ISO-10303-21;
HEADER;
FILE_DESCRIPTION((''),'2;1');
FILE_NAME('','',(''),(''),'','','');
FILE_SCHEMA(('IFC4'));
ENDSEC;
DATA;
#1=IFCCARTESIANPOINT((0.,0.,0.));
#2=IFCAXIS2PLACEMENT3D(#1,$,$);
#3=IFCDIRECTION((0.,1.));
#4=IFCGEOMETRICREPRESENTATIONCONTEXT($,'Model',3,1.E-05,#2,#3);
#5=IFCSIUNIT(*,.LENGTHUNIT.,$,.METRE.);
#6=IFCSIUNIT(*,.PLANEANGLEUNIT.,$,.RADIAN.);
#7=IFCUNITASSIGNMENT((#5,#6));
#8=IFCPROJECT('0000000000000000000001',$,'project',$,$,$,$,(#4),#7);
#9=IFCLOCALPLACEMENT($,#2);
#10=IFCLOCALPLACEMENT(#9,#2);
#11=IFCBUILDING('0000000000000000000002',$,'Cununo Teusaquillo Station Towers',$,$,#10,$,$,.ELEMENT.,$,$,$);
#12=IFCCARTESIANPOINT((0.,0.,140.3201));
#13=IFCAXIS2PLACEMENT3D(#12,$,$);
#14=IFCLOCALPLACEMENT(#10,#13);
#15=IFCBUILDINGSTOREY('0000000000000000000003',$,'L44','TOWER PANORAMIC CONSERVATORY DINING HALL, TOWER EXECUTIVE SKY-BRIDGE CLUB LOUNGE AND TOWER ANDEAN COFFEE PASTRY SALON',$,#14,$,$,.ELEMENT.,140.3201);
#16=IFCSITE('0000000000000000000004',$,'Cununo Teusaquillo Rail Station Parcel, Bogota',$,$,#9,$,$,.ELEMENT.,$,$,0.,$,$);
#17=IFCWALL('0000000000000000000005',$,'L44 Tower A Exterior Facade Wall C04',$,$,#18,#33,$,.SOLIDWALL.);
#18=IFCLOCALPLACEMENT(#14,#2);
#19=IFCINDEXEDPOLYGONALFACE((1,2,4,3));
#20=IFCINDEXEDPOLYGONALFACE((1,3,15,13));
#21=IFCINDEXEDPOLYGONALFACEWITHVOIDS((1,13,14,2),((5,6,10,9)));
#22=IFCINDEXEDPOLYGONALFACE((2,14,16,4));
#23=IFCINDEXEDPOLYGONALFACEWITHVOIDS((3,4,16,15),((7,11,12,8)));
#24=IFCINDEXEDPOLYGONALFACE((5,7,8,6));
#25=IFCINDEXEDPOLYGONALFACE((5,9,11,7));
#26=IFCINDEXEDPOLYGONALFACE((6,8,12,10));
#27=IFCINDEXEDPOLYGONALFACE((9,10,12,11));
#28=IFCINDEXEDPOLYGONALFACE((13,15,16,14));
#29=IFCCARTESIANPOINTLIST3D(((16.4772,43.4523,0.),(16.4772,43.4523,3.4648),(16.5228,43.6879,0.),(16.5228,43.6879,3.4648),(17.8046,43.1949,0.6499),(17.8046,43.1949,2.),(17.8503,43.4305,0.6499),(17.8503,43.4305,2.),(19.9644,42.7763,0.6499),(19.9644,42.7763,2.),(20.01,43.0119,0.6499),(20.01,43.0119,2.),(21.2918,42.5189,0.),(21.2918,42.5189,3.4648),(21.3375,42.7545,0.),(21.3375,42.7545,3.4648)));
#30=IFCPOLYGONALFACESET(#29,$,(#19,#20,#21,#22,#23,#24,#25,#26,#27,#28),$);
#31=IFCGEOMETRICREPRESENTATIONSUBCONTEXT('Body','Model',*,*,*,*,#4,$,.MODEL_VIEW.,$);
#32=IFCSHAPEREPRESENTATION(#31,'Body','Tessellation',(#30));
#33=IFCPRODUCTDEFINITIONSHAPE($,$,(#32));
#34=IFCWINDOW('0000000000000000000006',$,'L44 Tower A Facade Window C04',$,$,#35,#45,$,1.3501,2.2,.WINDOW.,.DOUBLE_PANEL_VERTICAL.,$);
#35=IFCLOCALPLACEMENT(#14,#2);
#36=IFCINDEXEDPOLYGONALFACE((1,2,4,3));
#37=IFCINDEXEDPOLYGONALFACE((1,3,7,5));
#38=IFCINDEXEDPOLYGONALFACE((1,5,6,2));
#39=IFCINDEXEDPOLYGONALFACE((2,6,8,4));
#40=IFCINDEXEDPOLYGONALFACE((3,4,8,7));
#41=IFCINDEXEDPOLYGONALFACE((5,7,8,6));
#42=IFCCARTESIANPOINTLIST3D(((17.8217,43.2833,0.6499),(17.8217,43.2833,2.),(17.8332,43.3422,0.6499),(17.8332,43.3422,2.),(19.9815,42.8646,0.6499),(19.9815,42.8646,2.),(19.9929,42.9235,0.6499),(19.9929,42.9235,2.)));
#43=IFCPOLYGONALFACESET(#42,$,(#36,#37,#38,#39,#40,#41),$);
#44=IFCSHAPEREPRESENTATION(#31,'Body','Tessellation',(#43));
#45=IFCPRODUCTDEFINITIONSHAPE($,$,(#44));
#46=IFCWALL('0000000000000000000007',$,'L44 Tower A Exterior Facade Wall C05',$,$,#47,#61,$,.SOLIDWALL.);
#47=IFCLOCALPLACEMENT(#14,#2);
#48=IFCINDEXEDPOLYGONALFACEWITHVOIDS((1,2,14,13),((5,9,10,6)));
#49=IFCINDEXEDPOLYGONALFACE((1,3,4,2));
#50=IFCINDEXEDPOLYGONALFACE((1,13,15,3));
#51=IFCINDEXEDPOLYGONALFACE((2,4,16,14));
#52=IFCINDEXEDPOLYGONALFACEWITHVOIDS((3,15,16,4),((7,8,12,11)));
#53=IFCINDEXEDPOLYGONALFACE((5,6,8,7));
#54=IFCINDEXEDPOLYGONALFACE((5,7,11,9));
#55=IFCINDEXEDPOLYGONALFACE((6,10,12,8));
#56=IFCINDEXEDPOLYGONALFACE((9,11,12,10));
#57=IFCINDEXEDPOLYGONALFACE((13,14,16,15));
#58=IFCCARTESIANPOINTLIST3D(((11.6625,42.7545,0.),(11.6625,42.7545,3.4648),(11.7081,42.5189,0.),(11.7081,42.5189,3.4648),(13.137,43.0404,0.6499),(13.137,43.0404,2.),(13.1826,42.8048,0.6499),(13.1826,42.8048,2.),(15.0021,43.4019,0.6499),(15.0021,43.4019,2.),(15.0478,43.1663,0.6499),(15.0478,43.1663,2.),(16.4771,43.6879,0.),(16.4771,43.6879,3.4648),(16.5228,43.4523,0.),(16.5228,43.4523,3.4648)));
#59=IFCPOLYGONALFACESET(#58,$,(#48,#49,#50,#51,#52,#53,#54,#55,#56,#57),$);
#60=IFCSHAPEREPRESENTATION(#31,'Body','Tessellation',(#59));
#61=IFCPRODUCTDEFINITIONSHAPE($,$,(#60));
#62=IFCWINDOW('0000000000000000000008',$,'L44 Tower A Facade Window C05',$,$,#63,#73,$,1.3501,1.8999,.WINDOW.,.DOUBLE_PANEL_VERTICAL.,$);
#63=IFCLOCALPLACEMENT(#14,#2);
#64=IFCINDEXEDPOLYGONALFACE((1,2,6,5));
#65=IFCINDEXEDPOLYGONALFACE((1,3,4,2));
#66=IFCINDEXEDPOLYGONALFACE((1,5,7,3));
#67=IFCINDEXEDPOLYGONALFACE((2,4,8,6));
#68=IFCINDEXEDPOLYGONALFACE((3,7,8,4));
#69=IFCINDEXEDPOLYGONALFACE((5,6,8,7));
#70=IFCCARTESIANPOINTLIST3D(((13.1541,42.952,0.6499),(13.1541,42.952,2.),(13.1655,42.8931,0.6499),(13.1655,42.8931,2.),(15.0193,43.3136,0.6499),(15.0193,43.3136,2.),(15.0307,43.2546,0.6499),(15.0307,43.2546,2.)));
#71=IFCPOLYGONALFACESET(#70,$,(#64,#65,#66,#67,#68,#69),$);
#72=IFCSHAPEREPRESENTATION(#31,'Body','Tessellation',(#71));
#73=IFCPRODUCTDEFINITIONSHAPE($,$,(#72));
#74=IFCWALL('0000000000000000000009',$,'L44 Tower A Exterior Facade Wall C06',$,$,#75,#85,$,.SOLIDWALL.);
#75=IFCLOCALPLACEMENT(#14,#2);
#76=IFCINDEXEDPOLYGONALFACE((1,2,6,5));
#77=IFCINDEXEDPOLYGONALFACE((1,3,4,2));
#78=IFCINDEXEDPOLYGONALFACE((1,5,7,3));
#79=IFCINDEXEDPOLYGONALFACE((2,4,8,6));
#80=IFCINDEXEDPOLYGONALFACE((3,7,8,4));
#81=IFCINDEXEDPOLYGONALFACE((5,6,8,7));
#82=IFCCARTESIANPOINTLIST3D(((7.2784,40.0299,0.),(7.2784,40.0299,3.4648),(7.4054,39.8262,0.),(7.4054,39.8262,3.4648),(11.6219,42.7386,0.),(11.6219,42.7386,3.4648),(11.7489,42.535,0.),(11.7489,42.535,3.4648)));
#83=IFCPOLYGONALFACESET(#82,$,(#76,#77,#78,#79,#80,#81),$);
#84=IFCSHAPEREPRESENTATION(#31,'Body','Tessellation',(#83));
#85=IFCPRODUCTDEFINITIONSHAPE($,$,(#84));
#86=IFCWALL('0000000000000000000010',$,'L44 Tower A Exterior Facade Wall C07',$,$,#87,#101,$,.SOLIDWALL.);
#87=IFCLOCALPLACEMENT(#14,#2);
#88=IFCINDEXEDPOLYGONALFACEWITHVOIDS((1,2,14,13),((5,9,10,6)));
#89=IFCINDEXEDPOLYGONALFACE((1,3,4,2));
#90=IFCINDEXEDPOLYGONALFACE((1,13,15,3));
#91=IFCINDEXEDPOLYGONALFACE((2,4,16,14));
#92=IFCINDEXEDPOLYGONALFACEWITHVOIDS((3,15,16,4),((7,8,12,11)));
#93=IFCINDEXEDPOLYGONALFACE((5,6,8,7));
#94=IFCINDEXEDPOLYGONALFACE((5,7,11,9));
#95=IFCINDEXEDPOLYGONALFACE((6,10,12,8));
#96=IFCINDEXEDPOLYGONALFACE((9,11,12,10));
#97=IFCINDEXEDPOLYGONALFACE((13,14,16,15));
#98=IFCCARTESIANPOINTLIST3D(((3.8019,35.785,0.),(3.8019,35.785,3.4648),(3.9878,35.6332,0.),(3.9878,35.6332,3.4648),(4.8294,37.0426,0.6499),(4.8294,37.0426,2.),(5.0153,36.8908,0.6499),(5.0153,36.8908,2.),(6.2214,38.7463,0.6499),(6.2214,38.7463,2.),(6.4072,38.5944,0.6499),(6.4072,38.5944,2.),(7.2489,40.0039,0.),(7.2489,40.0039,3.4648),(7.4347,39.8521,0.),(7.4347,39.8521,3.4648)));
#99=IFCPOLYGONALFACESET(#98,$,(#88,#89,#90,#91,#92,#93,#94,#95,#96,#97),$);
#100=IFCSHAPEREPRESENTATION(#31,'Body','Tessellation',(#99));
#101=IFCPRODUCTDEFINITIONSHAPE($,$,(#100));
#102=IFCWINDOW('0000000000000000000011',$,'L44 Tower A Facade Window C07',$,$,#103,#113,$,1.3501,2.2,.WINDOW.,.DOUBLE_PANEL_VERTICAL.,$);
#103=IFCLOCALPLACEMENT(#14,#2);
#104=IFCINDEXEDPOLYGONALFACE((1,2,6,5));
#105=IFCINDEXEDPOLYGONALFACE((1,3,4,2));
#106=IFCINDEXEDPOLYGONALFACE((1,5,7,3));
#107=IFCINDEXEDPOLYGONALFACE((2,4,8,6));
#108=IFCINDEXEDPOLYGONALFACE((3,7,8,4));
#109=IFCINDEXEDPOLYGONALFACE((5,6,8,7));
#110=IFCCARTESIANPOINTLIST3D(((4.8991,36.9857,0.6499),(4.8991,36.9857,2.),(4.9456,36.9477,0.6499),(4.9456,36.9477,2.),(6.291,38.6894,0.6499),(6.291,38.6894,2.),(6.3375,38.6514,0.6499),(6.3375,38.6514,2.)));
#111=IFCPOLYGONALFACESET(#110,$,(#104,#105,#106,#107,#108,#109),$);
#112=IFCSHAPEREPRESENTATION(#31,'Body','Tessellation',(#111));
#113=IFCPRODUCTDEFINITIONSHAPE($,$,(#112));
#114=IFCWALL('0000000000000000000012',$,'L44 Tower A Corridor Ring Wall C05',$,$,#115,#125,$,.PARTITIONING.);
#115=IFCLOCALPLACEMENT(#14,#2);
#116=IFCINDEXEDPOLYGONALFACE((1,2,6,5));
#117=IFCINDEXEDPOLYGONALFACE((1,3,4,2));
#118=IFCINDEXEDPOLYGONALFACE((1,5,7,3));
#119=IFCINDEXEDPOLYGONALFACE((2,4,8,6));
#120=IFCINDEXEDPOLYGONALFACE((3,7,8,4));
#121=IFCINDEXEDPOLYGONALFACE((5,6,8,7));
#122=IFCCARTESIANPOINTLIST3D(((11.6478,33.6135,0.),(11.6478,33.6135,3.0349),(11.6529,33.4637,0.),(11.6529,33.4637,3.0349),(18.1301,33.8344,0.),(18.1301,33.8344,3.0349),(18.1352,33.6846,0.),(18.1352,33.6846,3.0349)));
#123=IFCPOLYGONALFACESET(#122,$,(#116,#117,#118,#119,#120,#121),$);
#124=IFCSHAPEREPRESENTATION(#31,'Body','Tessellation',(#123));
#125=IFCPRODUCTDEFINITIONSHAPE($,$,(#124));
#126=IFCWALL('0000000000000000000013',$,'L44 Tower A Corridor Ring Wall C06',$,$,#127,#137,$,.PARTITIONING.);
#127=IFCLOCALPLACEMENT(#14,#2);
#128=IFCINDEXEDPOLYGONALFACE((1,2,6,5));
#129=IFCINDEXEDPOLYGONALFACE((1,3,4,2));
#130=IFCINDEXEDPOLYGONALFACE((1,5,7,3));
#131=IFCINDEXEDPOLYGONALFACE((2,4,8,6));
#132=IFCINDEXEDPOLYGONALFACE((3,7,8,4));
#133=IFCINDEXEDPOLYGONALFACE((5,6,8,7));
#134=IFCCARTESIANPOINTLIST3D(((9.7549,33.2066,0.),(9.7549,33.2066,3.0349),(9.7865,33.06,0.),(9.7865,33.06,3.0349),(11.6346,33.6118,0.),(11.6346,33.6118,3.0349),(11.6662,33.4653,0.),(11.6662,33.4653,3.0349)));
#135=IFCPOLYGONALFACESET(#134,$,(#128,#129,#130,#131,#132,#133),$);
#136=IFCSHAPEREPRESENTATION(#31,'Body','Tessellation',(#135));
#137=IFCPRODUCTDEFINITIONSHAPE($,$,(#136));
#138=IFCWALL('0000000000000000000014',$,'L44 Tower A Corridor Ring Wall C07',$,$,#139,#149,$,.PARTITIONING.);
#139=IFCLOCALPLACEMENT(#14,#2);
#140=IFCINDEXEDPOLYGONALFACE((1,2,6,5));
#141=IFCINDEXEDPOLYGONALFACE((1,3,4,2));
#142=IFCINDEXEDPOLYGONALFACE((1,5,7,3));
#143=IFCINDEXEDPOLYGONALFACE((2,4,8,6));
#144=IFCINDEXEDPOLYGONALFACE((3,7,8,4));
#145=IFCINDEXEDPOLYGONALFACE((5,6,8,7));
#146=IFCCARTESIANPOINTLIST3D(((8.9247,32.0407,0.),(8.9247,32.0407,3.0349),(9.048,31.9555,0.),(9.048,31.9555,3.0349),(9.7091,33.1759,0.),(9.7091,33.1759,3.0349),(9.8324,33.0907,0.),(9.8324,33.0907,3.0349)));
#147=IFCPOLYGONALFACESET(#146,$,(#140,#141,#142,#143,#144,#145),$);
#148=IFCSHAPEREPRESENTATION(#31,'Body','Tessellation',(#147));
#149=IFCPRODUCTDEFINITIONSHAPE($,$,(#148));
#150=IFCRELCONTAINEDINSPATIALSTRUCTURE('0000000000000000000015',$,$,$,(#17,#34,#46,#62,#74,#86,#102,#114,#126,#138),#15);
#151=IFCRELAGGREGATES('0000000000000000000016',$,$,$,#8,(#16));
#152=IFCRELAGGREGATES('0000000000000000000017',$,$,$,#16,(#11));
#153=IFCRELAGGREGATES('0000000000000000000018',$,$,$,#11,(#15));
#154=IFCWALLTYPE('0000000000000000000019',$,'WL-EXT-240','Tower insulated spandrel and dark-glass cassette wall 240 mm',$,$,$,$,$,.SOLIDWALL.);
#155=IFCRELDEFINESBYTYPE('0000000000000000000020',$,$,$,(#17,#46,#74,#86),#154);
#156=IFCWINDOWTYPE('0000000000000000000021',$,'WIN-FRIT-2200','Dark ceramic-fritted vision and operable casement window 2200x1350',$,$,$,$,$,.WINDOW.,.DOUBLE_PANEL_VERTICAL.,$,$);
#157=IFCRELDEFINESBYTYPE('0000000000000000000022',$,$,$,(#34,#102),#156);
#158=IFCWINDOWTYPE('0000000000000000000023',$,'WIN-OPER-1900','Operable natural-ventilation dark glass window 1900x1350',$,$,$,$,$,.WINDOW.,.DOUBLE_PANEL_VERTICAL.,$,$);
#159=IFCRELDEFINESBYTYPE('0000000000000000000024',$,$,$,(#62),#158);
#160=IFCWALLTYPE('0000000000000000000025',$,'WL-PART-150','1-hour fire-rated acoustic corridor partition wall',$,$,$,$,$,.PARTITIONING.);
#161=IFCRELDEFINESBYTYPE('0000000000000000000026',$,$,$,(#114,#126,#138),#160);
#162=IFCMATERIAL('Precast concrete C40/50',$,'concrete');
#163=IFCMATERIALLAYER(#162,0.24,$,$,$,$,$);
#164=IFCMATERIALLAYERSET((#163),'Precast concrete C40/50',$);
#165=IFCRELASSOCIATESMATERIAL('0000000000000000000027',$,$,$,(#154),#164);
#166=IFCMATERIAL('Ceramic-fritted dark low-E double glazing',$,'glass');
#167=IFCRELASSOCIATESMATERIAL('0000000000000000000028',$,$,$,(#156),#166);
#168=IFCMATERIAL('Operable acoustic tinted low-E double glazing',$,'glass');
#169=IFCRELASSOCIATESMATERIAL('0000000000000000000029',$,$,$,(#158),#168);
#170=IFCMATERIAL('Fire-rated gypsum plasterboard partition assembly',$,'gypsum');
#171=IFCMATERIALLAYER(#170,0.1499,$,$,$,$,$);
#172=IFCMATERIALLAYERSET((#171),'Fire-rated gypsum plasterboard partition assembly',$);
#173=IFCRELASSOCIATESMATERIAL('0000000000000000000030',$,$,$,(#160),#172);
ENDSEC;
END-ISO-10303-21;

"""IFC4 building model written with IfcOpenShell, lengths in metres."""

from ifc_helpers import new_model, si_unit, direction, frame, frame_2d, origin, place, context, subcontext, project, spatial, rectangle, extrude, source, transform, mapped, material, layer, layer_set, type_object, element, fill, save


model = new_model("IFC4")

# Units and contexts
model_context = context("Model", 3, precision=1e-05, world=origin(), true_north=direction((0.0, 1.0)))
body_context = subcontext(model_context, "Body", "Model", "MODEL_VIEW")
ifc_project = project(units=[si_unit("LENGTHUNIT", "METRE"), si_unit("PLANEANGLEUNIT", "RADIAN")], contexts=[model_context])

# Site, building, storey
site_placement = place(None, origin())
site = spatial("IfcSite", under=ifc_project, at=site_placement, Name="Cununo Teusaquillo Rail Station Parcel, Bogota", CompositionType="ELEMENT", RefElevation=0.0)
building_placement = place(site_placement, origin())
building = spatial("IfcBuilding", under=site, at=building_placement, Name="Cununo Teusaquillo Station Towers", CompositionType="ELEMENT")
storey_placement = place(building_placement, frame((0.0, 0.0, 140.3201)))
storey = spatial("IfcBuildingStorey", under=building, at=storey_placement, Name="L44", Description="TOWER PANORAMIC CONSERVATORY DINING HALL, TOWER EXECUTIVE SKY-BRIDGE CLUB LOUNGE AND TOWER ANDEAN COFFEE PASTRY SALON", CompositionType="ELEMENT", Elevation=140.3201)

# Walls, openings, windows
ifc_material_1 = material(Name="Precast concrete C40/50", Category="concrete")
ifc_layer_1 = layer(ifc_material_1, 0.24)
ifc_layer_set_1 = layer_set([ifc_layer_1], Name="Precast concrete C40/50")
wall_type_1 = type_object("IfcWallType", Name="WL-EXT-240", Description="Tower insulated spandrel and dark-glass cassette wall 240 mm", PredefinedType="SOLIDWALL", material=ifc_layer_set_1)
wall_1_placement = place(storey_placement, frame((16.5, 43.5701, 0.0), z_axis=(0.0, 0.0, 1.0), x_axis=(0.981724, -0.190311, 0.0)))
wall_1 = element("IfcWall", 1, at=wall_1_placement, inside=storey, type_object=wall_type_1, Name="L44 Tower A Exterior Facade Wall C04", PredefinedType="SOLIDWALL", context=body_context, shape_type="SweptSolid", body=[
    extrude(rectangle(XDim=4.9043, YDim=0.24, at=frame_2d((2.4521, 0.0))), origin(), (0.0, 0.0, 1.0), 3.4648),
])
shared_shape_1 = source(origin(), body_context, "Body", "SweptSolid", [
    extrude(rectangle(XDim=2.2, YDim=1.3501, at=frame_2d((1.1001, 0.675))), frame((0.0, 0.1299, 0.0), z_axis=(0.0, -1.0, 0.0), x_axis=(1.0, 0.0, 0.0)), (0.0, 0.0, 1.0), 0.26),
])
opening_1_placement = place(wall_1_placement, frame((1.3521, 0.0, 0.6499)))
opening_1 = element("IfcOpeningElement", 2, at=opening_1_placement, cuts=wall_1, PredefinedType="OPENING", context=body_context, shape_type="MappedRepresentation", body=[
    mapped(shared_shape_1, transform((0.0, 0.0, 0.0), x_axis=(1.0, 0.0, 0.0), y_axis=(0.0, 1.0, 0.0), z_axis=(0.0, 0.0, 1.0), scale=1.0)),
])
ifc_material_2 = material(Name="Ceramic-fritted dark low-E double glazing", Category="glass")
window_type_1 = type_object("IfcWindowType", Name="WIN-FRIT-2200", Description="Dark ceramic-fritted vision and operable casement window 2200x1350", PartitioningType="DOUBLE_PANEL_VERTICAL", PredefinedType="WINDOW", material=ifc_material_2)
shared_shape_2 = source(origin(), body_context, "Body", "SweptSolid", [
    extrude(rectangle(XDim=2.2, YDim=1.3501, at=frame_2d((1.1001, 0.675))), frame((0.0, 0.03, 0.0), z_axis=(0.0, -1.0, 0.0), x_axis=(1.0, 0.0, 0.0)), (0.0, 0.0, 1.0), 0.0601),
])
window_1_placement = place(opening_1_placement, origin())
window_1 = element("IfcWindow", 3, at=window_1_placement, inside=storey, type_object=window_type_1, Name="L44 Tower A Facade Window C04", OverallHeight=1.3501, OverallWidth=2.2, PartitioningType="DOUBLE_PANEL_VERTICAL", PredefinedType="WINDOW", context=body_context, shape_type="MappedRepresentation", body=[
    mapped(shared_shape_2, transform((0.0, 0.0, 0.0), x_axis=(1.0, 0.0, 0.0), y_axis=(0.0, 1.0, 0.0), z_axis=(0.0, 0.0, 1.0), scale=1.0)),
])
fill(opening_1, window_1)
wall_2_placement = place(storey_placement, frame((11.6853, 42.6367, 0.0), z_axis=(0.0, 0.0, 1.0), x_axis=(0.981724, 0.190311, 0.0)))
wall_2 = element("IfcWall", 4, at=wall_2_placement, inside=storey, type_object=wall_type_1, Name="L44 Tower A Exterior Facade Wall C05", PredefinedType="SOLIDWALL", context=body_context, shape_type="SweptSolid", body=[
    extrude(rectangle(XDim=4.9043, YDim=0.24, at=frame_2d((2.4521, 0.0))), origin(), (0.0, 0.0, 1.0), 3.4648),
])
shared_shape_3 = source(origin(), body_context, "Body", "SweptSolid", [
    extrude(rectangle(XDim=1.8999, YDim=1.3501, at=frame_2d((0.95, 0.675))), frame((0.0, 0.1299, 0.0), z_axis=(0.0, -1.0, 0.0), x_axis=(1.0, 0.0, 0.0)), (0.0, 0.0, 1.0), 0.26),
])
opening_2_placement = place(wall_2_placement, frame((1.502, 0.0, 0.6499)))
opening_2 = element("IfcOpeningElement", 5, at=opening_2_placement, cuts=wall_2, PredefinedType="OPENING", context=body_context, shape_type="MappedRepresentation", body=[
    mapped(shared_shape_3, transform((0.0, 0.0, 0.0), x_axis=(1.0, 0.0, 0.0), y_axis=(0.0, 1.0, 0.0), z_axis=(0.0, 0.0, 1.0), scale=1.0)),
])
ifc_material_3 = material(Name="Operable acoustic tinted low-E double glazing", Category="glass")
window_type_2 = type_object("IfcWindowType", Name="WIN-OPER-1900", Description="Operable natural-ventilation dark glass window 1900x1350", PartitioningType="DOUBLE_PANEL_VERTICAL", PredefinedType="WINDOW", material=ifc_material_3)
shared_shape_4 = source(origin(), body_context, "Body", "SweptSolid", [
    extrude(rectangle(XDim=1.8999, YDim=1.3501, at=frame_2d((0.95, 0.675))), frame((0.0, 0.03, 0.0), z_axis=(0.0, -1.0, 0.0), x_axis=(1.0, 0.0, 0.0)), (0.0, 0.0, 1.0), 0.0601),
])
window_2_placement = place(opening_2_placement, origin())
window_2 = element("IfcWindow", 6, at=window_2_placement, inside=storey, type_object=window_type_2, Name="L44 Tower A Facade Window C05", OverallHeight=1.3501, OverallWidth=1.8999, PartitioningType="DOUBLE_PANEL_VERTICAL", PredefinedType="WINDOW", context=body_context, shape_type="MappedRepresentation", body=[
    mapped(shared_shape_4, transform((0.0, 0.0, 0.0), x_axis=(1.0, 0.0, 0.0), y_axis=(0.0, 1.0, 0.0), z_axis=(0.0, 0.0, 1.0), scale=1.0)),
])
fill(opening_2, window_2)

# Wall
wall_3_placement = place(storey_placement, frame((7.3418, 39.928, 0.0), z_axis=(0.0, 0.0, 1.0), x_axis=(0.84852, 0.529163, 0.0)))
element("IfcWall", 7, at=wall_3_placement, inside=storey, type_object=wall_type_1, Name="L44 Tower A Exterior Facade Wall C06", PredefinedType="SOLIDWALL", context=body_context, shape_type="SweptSolid", body=[
    extrude(rectangle(XDim=5.1189, YDim=0.24, at=frame_2d((2.5596, 0.0))), origin(), (0.0, 0.0, 1.0), 3.4648),
])

# Wall, opening, window
wall_4_placement = place(storey_placement, frame((3.8948, 35.709, 0.0), z_axis=(0.0, 0.0, 1.0), x_axis=(0.632701, 0.774396, 0.0)))
wall_4 = element("IfcWall", 8, at=wall_4_placement, inside=storey, type_object=wall_type_1, Name="L44 Tower A Exterior Facade Wall C07", PredefinedType="SOLIDWALL", context=body_context, shape_type="SweptSolid", body=[
    extrude(rectangle(XDim=5.448, YDim=0.24, at=frame_2d((2.7241, 0.0))), origin(), (0.0, 0.0, 1.0), 3.4648),
])
opening_3_placement = place(wall_4_placement, frame((1.624, 0.0, 0.6499)))
opening_3 = element("IfcOpeningElement", 9, at=opening_3_placement, cuts=wall_4, PredefinedType="OPENING", context=body_context, shape_type="MappedRepresentation", body=[
    mapped(shared_shape_1, transform((0.0, 0.0, 0.0), x_axis=(1.0, 0.0, 0.0), y_axis=(0.0, 1.0, 0.0), z_axis=(0.0, 0.0, 1.0), scale=1.0)),
])
window_3_placement = place(opening_3_placement, origin())
window_3 = element("IfcWindow", 10, at=window_3_placement, inside=storey, type_object=window_type_1, Name="L44 Tower A Facade Window C07", OverallHeight=1.3501, OverallWidth=2.2, PartitioningType="DOUBLE_PANEL_VERTICAL", PredefinedType="WINDOW", context=body_context, shape_type="MappedRepresentation", body=[
    mapped(shared_shape_2, transform((0.0, 0.0, 0.0), x_axis=(1.0, 0.0, 0.0), y_axis=(0.0, 1.0, 0.0), z_axis=(0.0, 0.0, 1.0), scale=1.0)),
])
fill(opening_3, window_3)

# Walls
ifc_material_4 = material(Name="Fire-rated gypsum plasterboard partition assembly", Category="gypsum")
ifc_layer_2 = layer(ifc_material_4, 0.1499)
ifc_layer_set_2 = layer_set([ifc_layer_2], Name="Fire-rated gypsum plasterboard partition assembly")
wall_type_2 = type_object("IfcWallType", Name="WL-PART-150", Description="1-hour fire-rated acoustic corridor partition wall", PredefinedType="PARTITIONING", material=ifc_layer_set_2)
wall_5_placement = place(storey_placement, frame((18.1328, 33.7595, 0.0), z_axis=(0.0, 0.0, 1.0), x_axis=(-0.99942, -0.034064, 0.0)))
element("IfcWall", 11, at=wall_5_placement, inside=storey, type_object=wall_type_2, Name="L44 Tower A Corridor Ring Wall C05", PredefinedType="PARTITIONING", context=body_context, shape_type="SweptSolid", body=[
    extrude(rectangle(XDim=6.4861, YDim=0.1499, at=frame_2d((3.2432, 0.0))), origin(), (0.0, 0.0, 1.0), 3.0349),
])
wall_6_placement = place(storey_placement, frame((11.6504, 33.5386, 0.0), z_axis=(0.0, 0.0, 1.0), x_axis=(-0.977536, -0.210769, 0.0)))
element("IfcWall", 12, at=wall_6_placement, inside=storey, type_object=wall_type_2, Name="L44 Tower A Corridor Ring Wall C06", PredefinedType="PARTITIONING", context=body_context, shape_type="SweptSolid", body=[
    extrude(rectangle(XDim=1.9229, YDim=0.1499, at=frame_2d((0.9614, 0.0))), origin(), (0.0, 0.0, 1.0), 3.0349),
])
wall_7_placement = place(storey_placement, frame((9.7708, 33.1333, 0.0), z_axis=(0.0, 0.0, 1.0), x_axis=(-0.568465, -0.822708, 0.0)))
element("IfcWall", 13, at=wall_7_placement, inside=storey, type_object=wall_type_2, Name="L44 Tower A Corridor Ring Wall C07", PredefinedType="PARTITIONING", context=body_context, shape_type="SweptSolid", body=[
    extrude(rectangle(XDim=1.3799, YDim=0.1499, at=frame_2d((0.6899, 0.0))), origin(), (0.0, 0.0, 1.0), 3.0349),
])

save(model, "model.ifc")
